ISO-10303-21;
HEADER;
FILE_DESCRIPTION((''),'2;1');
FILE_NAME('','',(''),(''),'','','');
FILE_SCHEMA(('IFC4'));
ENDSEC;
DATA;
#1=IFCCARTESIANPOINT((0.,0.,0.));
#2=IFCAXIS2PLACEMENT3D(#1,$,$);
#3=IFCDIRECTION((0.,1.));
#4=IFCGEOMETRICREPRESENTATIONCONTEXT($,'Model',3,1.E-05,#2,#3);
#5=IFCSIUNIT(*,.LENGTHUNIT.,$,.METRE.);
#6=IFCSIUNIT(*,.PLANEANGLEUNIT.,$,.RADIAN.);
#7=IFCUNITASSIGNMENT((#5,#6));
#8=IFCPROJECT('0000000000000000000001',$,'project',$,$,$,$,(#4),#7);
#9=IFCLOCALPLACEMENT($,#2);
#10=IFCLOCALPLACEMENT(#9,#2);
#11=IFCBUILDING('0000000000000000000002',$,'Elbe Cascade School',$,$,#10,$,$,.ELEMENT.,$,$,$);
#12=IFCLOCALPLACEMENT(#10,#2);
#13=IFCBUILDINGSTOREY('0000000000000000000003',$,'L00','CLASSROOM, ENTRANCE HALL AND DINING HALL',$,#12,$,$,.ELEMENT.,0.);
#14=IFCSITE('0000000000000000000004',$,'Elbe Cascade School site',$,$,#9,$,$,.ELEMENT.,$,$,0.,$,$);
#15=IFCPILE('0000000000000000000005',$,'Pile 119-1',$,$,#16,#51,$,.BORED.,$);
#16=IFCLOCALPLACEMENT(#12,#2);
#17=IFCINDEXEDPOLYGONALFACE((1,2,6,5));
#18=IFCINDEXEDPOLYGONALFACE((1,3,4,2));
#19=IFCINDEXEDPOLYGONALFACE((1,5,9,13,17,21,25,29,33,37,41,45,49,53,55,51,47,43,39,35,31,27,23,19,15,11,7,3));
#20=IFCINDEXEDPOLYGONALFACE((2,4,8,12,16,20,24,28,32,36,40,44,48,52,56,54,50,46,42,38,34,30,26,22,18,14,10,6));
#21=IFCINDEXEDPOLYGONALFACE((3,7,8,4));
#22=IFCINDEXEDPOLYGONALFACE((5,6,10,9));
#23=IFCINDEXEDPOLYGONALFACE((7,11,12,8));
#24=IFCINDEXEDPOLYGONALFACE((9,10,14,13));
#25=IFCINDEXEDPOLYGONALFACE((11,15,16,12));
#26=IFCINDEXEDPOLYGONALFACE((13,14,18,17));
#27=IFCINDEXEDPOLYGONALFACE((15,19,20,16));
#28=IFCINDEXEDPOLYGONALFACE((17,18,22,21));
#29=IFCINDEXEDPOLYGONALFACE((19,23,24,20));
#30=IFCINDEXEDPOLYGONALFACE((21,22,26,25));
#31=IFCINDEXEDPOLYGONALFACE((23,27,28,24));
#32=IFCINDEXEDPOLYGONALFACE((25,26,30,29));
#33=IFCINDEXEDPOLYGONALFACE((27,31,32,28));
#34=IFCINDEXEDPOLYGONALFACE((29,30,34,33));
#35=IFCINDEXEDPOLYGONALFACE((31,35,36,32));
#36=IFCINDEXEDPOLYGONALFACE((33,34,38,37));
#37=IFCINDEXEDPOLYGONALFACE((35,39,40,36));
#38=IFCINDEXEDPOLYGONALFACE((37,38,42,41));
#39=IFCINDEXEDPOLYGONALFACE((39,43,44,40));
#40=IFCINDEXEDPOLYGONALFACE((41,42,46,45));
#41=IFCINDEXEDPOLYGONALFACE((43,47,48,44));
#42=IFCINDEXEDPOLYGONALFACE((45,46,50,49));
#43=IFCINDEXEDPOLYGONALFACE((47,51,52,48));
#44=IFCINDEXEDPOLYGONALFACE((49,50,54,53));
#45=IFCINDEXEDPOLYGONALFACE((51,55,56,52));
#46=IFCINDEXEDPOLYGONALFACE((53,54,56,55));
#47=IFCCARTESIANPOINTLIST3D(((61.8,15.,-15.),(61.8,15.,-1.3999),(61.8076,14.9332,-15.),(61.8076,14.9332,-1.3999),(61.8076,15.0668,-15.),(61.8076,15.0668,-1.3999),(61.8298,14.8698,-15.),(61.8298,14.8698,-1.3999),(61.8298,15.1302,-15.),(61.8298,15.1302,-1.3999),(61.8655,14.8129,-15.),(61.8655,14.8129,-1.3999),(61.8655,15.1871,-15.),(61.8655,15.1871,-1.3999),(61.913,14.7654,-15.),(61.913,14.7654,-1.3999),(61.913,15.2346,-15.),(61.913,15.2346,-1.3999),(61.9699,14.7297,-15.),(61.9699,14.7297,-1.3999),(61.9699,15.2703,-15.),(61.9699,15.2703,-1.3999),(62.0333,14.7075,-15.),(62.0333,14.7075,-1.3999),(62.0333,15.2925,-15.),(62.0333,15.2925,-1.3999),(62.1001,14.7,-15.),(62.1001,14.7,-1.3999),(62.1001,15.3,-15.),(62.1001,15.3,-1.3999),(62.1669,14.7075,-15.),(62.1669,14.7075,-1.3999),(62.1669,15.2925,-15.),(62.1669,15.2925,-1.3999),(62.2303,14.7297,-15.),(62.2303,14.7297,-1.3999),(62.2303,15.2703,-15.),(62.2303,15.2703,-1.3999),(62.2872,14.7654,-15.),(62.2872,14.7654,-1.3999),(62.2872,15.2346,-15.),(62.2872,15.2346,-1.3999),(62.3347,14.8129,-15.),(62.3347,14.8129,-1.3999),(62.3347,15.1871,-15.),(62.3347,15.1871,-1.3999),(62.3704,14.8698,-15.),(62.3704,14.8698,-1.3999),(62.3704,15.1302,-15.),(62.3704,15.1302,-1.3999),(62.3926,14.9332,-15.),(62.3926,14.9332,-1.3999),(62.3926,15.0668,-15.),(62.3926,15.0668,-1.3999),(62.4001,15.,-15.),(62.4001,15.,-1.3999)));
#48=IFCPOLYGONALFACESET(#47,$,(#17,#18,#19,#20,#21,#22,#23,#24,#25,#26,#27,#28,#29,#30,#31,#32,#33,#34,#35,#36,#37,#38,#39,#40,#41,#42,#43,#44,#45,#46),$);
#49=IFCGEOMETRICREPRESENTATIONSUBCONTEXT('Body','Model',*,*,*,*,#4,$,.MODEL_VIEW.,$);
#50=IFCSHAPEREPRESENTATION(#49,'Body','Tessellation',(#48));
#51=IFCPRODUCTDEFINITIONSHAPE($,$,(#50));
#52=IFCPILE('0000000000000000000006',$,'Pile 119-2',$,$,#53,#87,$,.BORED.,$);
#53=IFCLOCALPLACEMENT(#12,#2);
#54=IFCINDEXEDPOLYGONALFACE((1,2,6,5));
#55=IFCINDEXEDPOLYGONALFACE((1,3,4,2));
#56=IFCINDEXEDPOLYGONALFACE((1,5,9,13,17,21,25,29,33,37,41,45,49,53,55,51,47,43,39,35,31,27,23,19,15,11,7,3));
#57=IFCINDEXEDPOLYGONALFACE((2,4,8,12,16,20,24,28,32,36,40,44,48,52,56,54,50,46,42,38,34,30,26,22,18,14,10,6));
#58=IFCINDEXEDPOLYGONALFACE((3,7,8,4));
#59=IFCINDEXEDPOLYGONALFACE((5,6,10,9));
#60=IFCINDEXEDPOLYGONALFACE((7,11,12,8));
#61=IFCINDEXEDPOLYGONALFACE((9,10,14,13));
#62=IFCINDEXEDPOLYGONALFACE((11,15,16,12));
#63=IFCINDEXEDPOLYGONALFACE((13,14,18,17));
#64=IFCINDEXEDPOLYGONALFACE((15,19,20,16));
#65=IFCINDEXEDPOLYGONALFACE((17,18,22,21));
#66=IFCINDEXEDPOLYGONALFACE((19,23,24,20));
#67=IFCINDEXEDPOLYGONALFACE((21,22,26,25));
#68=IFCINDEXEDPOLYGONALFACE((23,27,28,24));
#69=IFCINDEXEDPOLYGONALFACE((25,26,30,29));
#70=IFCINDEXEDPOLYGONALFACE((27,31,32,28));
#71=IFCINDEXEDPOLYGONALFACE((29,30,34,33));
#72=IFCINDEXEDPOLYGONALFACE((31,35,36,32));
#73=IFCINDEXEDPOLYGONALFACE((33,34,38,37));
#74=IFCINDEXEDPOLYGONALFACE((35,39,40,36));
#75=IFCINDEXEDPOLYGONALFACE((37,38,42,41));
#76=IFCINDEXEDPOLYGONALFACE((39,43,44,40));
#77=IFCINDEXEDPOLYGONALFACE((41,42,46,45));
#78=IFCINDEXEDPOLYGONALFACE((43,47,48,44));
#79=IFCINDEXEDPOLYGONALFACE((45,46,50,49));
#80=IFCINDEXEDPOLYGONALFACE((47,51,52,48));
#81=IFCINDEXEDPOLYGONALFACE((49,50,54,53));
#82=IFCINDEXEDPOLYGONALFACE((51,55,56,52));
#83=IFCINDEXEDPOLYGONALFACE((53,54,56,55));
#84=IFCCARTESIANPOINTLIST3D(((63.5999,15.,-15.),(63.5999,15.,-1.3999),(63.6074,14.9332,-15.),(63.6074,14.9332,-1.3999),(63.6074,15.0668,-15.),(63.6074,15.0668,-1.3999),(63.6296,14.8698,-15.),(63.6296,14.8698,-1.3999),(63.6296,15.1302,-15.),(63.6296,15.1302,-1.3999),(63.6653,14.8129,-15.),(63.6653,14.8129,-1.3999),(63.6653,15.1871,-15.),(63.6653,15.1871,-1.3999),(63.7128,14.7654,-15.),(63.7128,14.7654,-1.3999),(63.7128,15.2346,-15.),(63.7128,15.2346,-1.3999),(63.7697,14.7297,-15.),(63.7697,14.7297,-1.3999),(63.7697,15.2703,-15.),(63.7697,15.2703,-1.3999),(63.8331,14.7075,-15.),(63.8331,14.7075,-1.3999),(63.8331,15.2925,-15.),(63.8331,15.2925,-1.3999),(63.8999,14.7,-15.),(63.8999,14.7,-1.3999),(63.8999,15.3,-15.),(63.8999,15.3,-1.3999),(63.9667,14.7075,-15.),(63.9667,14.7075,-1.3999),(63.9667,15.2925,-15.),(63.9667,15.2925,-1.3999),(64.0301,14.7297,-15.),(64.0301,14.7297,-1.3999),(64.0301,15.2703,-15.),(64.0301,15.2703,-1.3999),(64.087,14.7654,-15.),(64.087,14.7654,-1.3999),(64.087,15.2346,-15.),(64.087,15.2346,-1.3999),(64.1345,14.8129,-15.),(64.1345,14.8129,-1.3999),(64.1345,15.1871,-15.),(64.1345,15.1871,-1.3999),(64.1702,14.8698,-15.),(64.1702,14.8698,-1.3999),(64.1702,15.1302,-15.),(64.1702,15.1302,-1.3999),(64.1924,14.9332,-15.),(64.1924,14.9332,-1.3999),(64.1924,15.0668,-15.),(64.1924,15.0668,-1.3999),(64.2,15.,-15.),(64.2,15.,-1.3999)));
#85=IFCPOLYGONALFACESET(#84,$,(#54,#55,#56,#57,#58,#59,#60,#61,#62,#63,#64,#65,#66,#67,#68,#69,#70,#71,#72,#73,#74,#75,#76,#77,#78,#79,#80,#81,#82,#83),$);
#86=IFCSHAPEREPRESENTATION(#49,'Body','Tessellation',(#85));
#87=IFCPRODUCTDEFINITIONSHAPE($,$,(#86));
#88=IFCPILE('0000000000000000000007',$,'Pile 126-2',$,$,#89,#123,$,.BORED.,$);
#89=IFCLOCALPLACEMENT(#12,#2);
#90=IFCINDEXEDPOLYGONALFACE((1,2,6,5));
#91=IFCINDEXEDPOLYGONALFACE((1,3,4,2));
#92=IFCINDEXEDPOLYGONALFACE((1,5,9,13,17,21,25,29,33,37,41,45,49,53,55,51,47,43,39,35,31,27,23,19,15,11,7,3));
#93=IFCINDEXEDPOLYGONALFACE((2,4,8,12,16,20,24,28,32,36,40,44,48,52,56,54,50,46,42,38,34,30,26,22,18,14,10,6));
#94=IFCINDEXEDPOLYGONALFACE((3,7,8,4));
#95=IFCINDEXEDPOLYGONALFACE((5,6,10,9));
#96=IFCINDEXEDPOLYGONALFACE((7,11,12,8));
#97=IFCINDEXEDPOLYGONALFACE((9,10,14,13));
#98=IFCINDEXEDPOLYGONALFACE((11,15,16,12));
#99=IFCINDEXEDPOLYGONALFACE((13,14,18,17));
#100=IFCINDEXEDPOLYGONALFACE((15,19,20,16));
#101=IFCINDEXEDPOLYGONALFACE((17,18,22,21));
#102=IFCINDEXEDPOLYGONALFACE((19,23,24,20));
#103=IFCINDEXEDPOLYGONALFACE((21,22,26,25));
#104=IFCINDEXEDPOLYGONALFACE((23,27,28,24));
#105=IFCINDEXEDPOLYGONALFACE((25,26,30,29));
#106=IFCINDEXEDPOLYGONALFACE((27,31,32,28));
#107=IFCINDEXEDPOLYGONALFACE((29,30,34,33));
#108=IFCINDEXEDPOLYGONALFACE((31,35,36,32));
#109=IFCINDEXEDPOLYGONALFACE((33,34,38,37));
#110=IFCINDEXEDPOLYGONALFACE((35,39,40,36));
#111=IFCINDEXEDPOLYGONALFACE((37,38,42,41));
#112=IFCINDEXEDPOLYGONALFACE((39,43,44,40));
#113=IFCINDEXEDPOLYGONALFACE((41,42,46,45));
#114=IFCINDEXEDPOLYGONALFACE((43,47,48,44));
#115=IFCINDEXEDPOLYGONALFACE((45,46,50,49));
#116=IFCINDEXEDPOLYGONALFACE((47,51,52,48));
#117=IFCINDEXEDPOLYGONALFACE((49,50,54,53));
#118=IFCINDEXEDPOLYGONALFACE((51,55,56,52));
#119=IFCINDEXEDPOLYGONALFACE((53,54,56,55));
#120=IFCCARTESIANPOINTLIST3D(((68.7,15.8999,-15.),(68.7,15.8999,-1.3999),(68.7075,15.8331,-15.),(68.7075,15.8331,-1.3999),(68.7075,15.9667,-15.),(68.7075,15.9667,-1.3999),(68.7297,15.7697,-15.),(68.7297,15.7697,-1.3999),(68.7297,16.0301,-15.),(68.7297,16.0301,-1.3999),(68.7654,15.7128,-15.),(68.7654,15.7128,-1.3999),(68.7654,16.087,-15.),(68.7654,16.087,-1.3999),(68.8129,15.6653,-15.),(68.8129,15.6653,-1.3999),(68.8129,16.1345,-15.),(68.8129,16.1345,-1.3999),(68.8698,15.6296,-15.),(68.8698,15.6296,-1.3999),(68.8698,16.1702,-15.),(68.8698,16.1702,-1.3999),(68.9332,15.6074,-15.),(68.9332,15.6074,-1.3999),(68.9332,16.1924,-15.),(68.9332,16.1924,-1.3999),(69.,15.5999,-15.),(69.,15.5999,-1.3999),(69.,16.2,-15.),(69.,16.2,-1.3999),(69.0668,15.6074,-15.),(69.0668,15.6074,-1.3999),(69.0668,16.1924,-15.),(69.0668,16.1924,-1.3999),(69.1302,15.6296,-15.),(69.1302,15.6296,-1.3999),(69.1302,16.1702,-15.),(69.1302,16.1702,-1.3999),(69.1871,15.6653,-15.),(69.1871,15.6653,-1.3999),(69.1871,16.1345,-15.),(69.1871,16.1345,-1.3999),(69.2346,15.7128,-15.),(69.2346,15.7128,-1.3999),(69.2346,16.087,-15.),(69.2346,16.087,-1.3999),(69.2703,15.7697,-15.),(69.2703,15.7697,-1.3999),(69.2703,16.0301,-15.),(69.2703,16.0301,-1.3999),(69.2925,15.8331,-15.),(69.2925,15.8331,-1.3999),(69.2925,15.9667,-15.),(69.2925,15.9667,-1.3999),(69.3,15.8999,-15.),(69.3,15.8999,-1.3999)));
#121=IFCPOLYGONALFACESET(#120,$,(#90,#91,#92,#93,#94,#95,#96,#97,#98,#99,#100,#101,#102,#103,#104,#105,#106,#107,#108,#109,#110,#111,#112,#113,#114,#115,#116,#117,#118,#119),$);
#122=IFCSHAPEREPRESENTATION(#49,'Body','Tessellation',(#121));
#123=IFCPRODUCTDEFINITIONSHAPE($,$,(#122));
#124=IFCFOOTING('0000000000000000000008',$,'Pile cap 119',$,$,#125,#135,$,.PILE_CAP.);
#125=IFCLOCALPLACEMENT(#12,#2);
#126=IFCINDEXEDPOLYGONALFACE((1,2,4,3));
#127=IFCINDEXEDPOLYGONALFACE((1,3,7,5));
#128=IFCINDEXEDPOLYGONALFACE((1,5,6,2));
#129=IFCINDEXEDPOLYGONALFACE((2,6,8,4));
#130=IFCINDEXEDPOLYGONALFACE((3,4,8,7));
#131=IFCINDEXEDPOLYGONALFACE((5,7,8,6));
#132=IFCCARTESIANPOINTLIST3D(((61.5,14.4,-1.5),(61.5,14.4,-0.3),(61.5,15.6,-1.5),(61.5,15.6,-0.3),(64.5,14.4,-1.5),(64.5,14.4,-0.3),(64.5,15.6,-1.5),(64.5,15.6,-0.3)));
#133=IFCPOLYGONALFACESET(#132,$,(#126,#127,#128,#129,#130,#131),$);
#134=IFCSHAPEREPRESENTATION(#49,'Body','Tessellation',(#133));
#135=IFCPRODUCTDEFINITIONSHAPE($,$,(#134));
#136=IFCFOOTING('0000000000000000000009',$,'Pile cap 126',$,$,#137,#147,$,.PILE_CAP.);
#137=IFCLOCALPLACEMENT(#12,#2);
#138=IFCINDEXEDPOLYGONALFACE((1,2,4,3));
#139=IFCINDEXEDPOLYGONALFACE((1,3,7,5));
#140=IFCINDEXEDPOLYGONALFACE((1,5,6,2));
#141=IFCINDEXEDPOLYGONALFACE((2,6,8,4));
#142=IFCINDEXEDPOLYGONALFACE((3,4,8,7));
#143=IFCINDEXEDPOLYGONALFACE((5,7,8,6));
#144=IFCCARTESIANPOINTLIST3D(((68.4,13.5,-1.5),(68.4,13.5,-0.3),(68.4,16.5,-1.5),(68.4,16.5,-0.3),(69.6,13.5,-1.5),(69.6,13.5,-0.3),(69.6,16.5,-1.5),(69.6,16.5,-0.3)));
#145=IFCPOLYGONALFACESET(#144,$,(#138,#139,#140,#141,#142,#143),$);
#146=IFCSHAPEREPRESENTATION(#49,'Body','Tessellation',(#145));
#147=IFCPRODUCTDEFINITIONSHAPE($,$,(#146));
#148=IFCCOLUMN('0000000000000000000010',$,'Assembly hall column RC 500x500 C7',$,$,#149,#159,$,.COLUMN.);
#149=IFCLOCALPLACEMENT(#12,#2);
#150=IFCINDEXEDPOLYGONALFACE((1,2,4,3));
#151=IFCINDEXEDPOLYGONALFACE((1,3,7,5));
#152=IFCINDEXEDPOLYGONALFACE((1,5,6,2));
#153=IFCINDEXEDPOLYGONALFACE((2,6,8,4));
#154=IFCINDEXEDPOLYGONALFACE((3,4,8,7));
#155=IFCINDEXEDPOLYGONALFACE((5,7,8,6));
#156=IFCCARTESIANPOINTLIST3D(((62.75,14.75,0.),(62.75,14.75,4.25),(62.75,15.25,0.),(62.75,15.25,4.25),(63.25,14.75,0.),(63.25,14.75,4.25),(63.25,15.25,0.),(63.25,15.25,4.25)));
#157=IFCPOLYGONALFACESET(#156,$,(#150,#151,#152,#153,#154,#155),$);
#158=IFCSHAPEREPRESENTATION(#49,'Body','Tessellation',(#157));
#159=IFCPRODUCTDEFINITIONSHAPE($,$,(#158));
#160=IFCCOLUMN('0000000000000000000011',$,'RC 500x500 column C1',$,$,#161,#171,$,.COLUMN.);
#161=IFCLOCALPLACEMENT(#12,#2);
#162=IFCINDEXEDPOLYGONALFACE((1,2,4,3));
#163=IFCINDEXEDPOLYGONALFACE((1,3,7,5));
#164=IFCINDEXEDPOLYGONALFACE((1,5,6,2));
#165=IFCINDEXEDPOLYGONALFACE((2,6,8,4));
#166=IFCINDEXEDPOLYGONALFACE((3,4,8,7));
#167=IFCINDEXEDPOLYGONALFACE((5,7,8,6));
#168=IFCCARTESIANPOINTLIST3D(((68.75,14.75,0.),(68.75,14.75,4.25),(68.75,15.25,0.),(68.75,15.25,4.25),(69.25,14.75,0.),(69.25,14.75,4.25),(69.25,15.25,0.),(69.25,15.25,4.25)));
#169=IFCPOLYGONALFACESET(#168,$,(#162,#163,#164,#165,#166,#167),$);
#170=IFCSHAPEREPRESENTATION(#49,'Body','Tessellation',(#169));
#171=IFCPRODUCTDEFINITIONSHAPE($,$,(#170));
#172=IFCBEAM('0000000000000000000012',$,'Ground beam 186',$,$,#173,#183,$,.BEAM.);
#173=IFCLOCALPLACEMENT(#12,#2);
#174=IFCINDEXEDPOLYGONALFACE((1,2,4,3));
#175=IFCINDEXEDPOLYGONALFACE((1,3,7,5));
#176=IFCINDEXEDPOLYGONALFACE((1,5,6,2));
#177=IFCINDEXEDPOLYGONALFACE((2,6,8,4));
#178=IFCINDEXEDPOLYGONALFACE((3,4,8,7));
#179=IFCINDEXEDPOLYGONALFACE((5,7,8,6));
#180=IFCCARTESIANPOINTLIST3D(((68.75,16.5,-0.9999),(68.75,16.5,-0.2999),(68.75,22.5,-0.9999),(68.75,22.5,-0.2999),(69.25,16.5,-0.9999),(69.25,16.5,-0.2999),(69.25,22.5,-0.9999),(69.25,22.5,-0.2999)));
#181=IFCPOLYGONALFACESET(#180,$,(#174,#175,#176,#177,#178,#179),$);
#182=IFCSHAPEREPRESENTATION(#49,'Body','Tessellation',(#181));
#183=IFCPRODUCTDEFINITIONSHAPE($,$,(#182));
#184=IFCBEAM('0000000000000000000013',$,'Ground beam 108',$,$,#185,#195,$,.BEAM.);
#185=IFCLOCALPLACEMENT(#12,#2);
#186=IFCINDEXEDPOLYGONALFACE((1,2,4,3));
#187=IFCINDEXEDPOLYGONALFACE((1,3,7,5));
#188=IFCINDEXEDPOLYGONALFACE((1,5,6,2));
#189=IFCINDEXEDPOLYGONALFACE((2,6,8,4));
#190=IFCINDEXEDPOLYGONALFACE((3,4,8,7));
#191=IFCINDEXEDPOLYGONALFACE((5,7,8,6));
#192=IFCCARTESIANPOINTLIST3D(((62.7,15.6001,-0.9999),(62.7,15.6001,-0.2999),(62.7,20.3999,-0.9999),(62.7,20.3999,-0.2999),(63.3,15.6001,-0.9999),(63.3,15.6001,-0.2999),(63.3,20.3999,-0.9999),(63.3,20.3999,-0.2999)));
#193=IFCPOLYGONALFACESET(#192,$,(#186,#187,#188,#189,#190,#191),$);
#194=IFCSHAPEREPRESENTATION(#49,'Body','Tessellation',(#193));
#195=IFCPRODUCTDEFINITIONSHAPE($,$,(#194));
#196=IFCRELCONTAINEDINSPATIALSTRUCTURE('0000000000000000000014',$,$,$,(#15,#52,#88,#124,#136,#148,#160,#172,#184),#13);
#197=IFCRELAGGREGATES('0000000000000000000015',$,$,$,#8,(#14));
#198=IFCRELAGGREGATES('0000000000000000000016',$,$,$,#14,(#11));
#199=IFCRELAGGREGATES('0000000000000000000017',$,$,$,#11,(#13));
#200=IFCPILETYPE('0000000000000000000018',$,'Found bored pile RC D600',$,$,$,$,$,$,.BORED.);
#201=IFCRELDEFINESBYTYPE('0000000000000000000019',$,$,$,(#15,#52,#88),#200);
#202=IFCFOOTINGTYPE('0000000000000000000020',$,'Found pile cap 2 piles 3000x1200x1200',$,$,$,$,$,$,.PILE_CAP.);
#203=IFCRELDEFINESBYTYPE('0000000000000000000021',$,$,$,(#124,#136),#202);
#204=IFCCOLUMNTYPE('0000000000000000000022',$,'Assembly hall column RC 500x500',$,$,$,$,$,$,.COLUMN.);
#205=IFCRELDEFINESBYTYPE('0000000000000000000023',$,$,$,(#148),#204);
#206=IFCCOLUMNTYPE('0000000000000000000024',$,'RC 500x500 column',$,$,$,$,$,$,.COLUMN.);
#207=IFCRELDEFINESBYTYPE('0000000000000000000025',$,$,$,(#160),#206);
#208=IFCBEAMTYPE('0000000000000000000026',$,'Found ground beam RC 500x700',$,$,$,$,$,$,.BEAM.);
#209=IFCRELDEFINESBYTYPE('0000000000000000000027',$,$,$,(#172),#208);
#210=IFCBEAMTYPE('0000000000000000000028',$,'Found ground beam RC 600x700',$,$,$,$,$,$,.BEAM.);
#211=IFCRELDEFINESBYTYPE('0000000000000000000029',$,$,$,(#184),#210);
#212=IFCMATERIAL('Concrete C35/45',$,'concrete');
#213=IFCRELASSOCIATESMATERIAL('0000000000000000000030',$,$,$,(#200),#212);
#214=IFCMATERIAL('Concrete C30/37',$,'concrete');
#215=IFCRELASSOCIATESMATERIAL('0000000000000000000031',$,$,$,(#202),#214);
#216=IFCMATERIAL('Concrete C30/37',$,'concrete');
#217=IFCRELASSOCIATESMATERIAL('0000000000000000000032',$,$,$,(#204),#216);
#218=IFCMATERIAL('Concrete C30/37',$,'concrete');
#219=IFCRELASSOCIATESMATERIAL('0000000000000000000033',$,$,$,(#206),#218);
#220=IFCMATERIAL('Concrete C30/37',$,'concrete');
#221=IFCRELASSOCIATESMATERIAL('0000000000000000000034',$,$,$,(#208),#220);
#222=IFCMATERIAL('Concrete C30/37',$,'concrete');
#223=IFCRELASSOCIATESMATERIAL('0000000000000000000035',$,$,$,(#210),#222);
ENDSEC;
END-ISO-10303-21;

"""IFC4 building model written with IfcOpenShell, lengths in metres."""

from ifc_helpers import new_model, si_unit, direction, frame, origin, origin_2d, place, context, subcontext, project, spatial, rectangle, circle, extrude, material, material_profile, profile_set, type_object, element, save


model = new_model("IFC4")

# Units and contexts
model_context = context("Model", 3, precision=1e-05, world=origin(), true_north=direction((0.0, 1.0)))
body_context = subcontext(model_context, "Body", "Model", "MODEL_VIEW")
ifc_project = project(units=[si_unit("LENGTHUNIT", "METRE"), si_unit("PLANEANGLEUNIT", "RADIAN")], contexts=[model_context])

# Site, building, storey
site_placement = place(None, origin())
site = spatial("IfcSite", under=ifc_project, at=site_placement, Name="Elbe Cascade School site", CompositionType="ELEMENT", RefElevation=0.0)
building_placement = place(site_placement, origin())
building = spatial("IfcBuilding", under=site, at=building_placement, Name="Elbe Cascade School", CompositionType="ELEMENT")
storey_placement = place(building_placement, origin())
storey = spatial("IfcBuildingStorey", under=building, at=storey_placement, Name="L00", Description="CLASSROOM, ENTRANCE HALL AND DINING HALL", CompositionType="ELEMENT", Elevation=0.0)

# Piles
ifc_material_1 = material(Name="Concrete C35/45", Category="concrete")
ifc_material_profile_1 = material_profile(ifc_material_1, circle(Radius=0.3, at=origin_2d()), Name="RC D600")
ifc_profile_set_1 = profile_set([ifc_material_profile_1], Name="Concrete C35/45")
pile_type = type_object("IfcPileType", Name="Found bored pile RC D600", PredefinedType="BORED", material=ifc_profile_set_1)
for number, where, z_axis, x_axis, name in (
    (1, (62.1001, 15.0, -1.3999), (0.0, 0.0, -1.0), (1.0, 0.0, 0.0), "Pile 119-1"),
    (2, (63.8999, 15.0, -1.3999), (0.0, 0.0, -1.0), (1.0, 0.0, 0.0), "Pile 119-2"),
    (3, (69.0, 15.8999, -1.3999), (0.0, 0.0, -1.0), (1.0, 0.0, 0.0), "Pile 126-2"),
):
    element("IfcPile", number, at=place(storey_placement, frame(where, z_axis=z_axis, x_axis=x_axis)), inside=storey, type_object=pile_type, Name=name, PredefinedType="BORED", context=body_context, shape_type="SweptSolid", body=[
        extrude(circle(Radius=0.3, at=origin_2d()), origin(), (0.0, 0.0, 1.0), 13.6001),
    ])

# Footings
ifc_material_2 = material(Name="Concrete C30/37", Category="concrete")
footing_type = type_object("IfcFootingType", Name="Found pile cap 2 piles 3000x1200x1200", PredefinedType="PILE_CAP", material=ifc_material_2)
footing_1_placement = place(storey_placement, frame((63.0, 15.0, -1.5), z_axis=(0.0, 0.0, 1.0), x_axis=(1.0, 0.0, 0.0)))
element("IfcFooting", 4, at=footing_1_placement, inside=storey, type_object=footing_type, Name="Pile cap 119", PredefinedType="PILE_CAP", context=body_context, shape_type="SweptSolid", body=[
    extrude(rectangle(XDim=3.0, YDim=1.2, at=origin_2d()), origin(), (0.0, 0.0, 1.0), 1.2),
])
footing_2_placement = place(storey_placement, frame((69.0, 15.0, -1.5), z_axis=(0.0, 0.0, 1.0), x_axis=(1.0, 0.0, 0.0)))
element("IfcFooting", 5, at=footing_2_placement, inside=storey, type_object=footing_type, Name="Pile cap 126", PredefinedType="PILE_CAP", context=body_context, shape_type="SweptSolid", body=[
    extrude(rectangle(XDim=1.2, YDim=3.0, at=origin_2d()), origin(), (0.0, 0.0, 1.0), 1.2),
])

# Columns
ifc_material_3 = material(Name="Concrete C30/37", Category="concrete")
ifc_material_profile_2 = material_profile(ifc_material_3, rectangle(XDim=0.5, YDim=0.5, at=origin_2d()), Name="RC 500x500")
ifc_profile_set_2 = profile_set([ifc_material_profile_2], Name="Concrete C30/37")
column_type_1 = type_object("IfcColumnType", Name="Assembly hall column RC 500x500", PredefinedType="COLUMN", material=ifc_profile_set_2)
column_1_placement = place(storey_placement, frame((63.0, 15.0, 0.0), z_axis=(0.0, 0.0, 1.0), x_axis=(1.0, 0.0, 0.0)))
element("IfcColumn", 6, at=column_1_placement, inside=storey, type_object=column_type_1, Name="Assembly hall column RC 500x500 C7", PredefinedType="COLUMN", context=body_context, shape_type="SweptSolid", body=[
    extrude(rectangle(XDim=0.5, YDim=0.5, at=origin_2d()), origin(), (0.0, 0.0, 1.0), 4.25),
])
ifc_material_4 = material(Name="Concrete C30/37", Category="concrete")
ifc_material_profile_3 = material_profile(ifc_material_4, rectangle(XDim=0.5, YDim=0.5, at=origin_2d()), Name="RC 500x500")
ifc_profile_set_3 = profile_set([ifc_material_profile_3], Name="Concrete C30/37")
column_type_2 = type_object("IfcColumnType", Name="RC 500x500 column", PredefinedType="COLUMN", material=ifc_profile_set_3)
column_2_placement = place(storey_placement, frame((69.0, 15.0, 0.0), z_axis=(0.0, 0.0, 1.0), x_axis=(1.0, 0.0, 0.0)))
element("IfcColumn", 7, at=column_2_placement, inside=storey, type_object=column_type_2, Name="RC 500x500 column C1", PredefinedType="COLUMN", context=body_context, shape_type="SweptSolid", body=[
    extrude(rectangle(XDim=0.5, YDim=0.5, at=origin_2d()), origin(), (0.0, 0.0, 1.0), 4.25),
])

# Beams
ifc_material_5 = material(Name="Concrete C30/37", Category="concrete")
ifc_material_profile_4 = material_profile(ifc_material_5, rectangle(XDim=0.5, YDim=0.7, at=origin_2d()), Name="RC 500x700")
ifc_profile_set_4 = profile_set([ifc_material_profile_4], Name="Concrete C30/37")
beam_type_1 = type_object("IfcBeamType", Name="Found ground beam RC 500x700", PredefinedType="BEAM", material=ifc_profile_set_4)
beam_1_placement = place(storey_placement, frame((69.0, 16.5, -0.6499), z_axis=(0.0, 1.0, 0.0), x_axis=(-1.0, 0.0, 0.0)))
element("IfcBeam", 8, at=beam_1_placement, inside=storey, type_object=beam_type_1, Name="Ground beam 186", PredefinedType="BEAM", context=body_context, shape_type="SweptSolid", body=[
    extrude(rectangle(XDim=0.5, YDim=0.7, at=origin_2d()), origin(), (0.0, 0.0, 1.0), 6.0),
])
ifc_material_6 = material(Name="Concrete C30/37", Category="concrete")
ifc_material_profile_5 = material_profile(ifc_material_6, rectangle(XDim=0.6001, YDim=0.7, at=origin_2d()), Name="RC 600x700")
ifc_profile_set_5 = profile_set([ifc_material_profile_5], Name="Concrete C30/37")
beam_type_2 = type_object("IfcBeamType", Name="Found ground beam RC 600x700", PredefinedType="BEAM", material=ifc_profile_set_5)
beam_2_placement = place(storey_placement, frame((63.0, 15.6001, -0.6499), z_axis=(0.0, 1.0, 0.0), x_axis=(-1.0, 0.0, 0.0)))
element("IfcBeam", 9, at=beam_2_placement, inside=storey, type_object=beam_type_2, Name="Ground beam 108", PredefinedType="BEAM", context=body_context, shape_type="SweptSolid", body=[
    extrude(rectangle(XDim=0.6001, YDim=0.7, at=origin_2d()), origin(), (0.0, 0.0, 1.0), 4.7998),
])

save(model, "model.ifc")
